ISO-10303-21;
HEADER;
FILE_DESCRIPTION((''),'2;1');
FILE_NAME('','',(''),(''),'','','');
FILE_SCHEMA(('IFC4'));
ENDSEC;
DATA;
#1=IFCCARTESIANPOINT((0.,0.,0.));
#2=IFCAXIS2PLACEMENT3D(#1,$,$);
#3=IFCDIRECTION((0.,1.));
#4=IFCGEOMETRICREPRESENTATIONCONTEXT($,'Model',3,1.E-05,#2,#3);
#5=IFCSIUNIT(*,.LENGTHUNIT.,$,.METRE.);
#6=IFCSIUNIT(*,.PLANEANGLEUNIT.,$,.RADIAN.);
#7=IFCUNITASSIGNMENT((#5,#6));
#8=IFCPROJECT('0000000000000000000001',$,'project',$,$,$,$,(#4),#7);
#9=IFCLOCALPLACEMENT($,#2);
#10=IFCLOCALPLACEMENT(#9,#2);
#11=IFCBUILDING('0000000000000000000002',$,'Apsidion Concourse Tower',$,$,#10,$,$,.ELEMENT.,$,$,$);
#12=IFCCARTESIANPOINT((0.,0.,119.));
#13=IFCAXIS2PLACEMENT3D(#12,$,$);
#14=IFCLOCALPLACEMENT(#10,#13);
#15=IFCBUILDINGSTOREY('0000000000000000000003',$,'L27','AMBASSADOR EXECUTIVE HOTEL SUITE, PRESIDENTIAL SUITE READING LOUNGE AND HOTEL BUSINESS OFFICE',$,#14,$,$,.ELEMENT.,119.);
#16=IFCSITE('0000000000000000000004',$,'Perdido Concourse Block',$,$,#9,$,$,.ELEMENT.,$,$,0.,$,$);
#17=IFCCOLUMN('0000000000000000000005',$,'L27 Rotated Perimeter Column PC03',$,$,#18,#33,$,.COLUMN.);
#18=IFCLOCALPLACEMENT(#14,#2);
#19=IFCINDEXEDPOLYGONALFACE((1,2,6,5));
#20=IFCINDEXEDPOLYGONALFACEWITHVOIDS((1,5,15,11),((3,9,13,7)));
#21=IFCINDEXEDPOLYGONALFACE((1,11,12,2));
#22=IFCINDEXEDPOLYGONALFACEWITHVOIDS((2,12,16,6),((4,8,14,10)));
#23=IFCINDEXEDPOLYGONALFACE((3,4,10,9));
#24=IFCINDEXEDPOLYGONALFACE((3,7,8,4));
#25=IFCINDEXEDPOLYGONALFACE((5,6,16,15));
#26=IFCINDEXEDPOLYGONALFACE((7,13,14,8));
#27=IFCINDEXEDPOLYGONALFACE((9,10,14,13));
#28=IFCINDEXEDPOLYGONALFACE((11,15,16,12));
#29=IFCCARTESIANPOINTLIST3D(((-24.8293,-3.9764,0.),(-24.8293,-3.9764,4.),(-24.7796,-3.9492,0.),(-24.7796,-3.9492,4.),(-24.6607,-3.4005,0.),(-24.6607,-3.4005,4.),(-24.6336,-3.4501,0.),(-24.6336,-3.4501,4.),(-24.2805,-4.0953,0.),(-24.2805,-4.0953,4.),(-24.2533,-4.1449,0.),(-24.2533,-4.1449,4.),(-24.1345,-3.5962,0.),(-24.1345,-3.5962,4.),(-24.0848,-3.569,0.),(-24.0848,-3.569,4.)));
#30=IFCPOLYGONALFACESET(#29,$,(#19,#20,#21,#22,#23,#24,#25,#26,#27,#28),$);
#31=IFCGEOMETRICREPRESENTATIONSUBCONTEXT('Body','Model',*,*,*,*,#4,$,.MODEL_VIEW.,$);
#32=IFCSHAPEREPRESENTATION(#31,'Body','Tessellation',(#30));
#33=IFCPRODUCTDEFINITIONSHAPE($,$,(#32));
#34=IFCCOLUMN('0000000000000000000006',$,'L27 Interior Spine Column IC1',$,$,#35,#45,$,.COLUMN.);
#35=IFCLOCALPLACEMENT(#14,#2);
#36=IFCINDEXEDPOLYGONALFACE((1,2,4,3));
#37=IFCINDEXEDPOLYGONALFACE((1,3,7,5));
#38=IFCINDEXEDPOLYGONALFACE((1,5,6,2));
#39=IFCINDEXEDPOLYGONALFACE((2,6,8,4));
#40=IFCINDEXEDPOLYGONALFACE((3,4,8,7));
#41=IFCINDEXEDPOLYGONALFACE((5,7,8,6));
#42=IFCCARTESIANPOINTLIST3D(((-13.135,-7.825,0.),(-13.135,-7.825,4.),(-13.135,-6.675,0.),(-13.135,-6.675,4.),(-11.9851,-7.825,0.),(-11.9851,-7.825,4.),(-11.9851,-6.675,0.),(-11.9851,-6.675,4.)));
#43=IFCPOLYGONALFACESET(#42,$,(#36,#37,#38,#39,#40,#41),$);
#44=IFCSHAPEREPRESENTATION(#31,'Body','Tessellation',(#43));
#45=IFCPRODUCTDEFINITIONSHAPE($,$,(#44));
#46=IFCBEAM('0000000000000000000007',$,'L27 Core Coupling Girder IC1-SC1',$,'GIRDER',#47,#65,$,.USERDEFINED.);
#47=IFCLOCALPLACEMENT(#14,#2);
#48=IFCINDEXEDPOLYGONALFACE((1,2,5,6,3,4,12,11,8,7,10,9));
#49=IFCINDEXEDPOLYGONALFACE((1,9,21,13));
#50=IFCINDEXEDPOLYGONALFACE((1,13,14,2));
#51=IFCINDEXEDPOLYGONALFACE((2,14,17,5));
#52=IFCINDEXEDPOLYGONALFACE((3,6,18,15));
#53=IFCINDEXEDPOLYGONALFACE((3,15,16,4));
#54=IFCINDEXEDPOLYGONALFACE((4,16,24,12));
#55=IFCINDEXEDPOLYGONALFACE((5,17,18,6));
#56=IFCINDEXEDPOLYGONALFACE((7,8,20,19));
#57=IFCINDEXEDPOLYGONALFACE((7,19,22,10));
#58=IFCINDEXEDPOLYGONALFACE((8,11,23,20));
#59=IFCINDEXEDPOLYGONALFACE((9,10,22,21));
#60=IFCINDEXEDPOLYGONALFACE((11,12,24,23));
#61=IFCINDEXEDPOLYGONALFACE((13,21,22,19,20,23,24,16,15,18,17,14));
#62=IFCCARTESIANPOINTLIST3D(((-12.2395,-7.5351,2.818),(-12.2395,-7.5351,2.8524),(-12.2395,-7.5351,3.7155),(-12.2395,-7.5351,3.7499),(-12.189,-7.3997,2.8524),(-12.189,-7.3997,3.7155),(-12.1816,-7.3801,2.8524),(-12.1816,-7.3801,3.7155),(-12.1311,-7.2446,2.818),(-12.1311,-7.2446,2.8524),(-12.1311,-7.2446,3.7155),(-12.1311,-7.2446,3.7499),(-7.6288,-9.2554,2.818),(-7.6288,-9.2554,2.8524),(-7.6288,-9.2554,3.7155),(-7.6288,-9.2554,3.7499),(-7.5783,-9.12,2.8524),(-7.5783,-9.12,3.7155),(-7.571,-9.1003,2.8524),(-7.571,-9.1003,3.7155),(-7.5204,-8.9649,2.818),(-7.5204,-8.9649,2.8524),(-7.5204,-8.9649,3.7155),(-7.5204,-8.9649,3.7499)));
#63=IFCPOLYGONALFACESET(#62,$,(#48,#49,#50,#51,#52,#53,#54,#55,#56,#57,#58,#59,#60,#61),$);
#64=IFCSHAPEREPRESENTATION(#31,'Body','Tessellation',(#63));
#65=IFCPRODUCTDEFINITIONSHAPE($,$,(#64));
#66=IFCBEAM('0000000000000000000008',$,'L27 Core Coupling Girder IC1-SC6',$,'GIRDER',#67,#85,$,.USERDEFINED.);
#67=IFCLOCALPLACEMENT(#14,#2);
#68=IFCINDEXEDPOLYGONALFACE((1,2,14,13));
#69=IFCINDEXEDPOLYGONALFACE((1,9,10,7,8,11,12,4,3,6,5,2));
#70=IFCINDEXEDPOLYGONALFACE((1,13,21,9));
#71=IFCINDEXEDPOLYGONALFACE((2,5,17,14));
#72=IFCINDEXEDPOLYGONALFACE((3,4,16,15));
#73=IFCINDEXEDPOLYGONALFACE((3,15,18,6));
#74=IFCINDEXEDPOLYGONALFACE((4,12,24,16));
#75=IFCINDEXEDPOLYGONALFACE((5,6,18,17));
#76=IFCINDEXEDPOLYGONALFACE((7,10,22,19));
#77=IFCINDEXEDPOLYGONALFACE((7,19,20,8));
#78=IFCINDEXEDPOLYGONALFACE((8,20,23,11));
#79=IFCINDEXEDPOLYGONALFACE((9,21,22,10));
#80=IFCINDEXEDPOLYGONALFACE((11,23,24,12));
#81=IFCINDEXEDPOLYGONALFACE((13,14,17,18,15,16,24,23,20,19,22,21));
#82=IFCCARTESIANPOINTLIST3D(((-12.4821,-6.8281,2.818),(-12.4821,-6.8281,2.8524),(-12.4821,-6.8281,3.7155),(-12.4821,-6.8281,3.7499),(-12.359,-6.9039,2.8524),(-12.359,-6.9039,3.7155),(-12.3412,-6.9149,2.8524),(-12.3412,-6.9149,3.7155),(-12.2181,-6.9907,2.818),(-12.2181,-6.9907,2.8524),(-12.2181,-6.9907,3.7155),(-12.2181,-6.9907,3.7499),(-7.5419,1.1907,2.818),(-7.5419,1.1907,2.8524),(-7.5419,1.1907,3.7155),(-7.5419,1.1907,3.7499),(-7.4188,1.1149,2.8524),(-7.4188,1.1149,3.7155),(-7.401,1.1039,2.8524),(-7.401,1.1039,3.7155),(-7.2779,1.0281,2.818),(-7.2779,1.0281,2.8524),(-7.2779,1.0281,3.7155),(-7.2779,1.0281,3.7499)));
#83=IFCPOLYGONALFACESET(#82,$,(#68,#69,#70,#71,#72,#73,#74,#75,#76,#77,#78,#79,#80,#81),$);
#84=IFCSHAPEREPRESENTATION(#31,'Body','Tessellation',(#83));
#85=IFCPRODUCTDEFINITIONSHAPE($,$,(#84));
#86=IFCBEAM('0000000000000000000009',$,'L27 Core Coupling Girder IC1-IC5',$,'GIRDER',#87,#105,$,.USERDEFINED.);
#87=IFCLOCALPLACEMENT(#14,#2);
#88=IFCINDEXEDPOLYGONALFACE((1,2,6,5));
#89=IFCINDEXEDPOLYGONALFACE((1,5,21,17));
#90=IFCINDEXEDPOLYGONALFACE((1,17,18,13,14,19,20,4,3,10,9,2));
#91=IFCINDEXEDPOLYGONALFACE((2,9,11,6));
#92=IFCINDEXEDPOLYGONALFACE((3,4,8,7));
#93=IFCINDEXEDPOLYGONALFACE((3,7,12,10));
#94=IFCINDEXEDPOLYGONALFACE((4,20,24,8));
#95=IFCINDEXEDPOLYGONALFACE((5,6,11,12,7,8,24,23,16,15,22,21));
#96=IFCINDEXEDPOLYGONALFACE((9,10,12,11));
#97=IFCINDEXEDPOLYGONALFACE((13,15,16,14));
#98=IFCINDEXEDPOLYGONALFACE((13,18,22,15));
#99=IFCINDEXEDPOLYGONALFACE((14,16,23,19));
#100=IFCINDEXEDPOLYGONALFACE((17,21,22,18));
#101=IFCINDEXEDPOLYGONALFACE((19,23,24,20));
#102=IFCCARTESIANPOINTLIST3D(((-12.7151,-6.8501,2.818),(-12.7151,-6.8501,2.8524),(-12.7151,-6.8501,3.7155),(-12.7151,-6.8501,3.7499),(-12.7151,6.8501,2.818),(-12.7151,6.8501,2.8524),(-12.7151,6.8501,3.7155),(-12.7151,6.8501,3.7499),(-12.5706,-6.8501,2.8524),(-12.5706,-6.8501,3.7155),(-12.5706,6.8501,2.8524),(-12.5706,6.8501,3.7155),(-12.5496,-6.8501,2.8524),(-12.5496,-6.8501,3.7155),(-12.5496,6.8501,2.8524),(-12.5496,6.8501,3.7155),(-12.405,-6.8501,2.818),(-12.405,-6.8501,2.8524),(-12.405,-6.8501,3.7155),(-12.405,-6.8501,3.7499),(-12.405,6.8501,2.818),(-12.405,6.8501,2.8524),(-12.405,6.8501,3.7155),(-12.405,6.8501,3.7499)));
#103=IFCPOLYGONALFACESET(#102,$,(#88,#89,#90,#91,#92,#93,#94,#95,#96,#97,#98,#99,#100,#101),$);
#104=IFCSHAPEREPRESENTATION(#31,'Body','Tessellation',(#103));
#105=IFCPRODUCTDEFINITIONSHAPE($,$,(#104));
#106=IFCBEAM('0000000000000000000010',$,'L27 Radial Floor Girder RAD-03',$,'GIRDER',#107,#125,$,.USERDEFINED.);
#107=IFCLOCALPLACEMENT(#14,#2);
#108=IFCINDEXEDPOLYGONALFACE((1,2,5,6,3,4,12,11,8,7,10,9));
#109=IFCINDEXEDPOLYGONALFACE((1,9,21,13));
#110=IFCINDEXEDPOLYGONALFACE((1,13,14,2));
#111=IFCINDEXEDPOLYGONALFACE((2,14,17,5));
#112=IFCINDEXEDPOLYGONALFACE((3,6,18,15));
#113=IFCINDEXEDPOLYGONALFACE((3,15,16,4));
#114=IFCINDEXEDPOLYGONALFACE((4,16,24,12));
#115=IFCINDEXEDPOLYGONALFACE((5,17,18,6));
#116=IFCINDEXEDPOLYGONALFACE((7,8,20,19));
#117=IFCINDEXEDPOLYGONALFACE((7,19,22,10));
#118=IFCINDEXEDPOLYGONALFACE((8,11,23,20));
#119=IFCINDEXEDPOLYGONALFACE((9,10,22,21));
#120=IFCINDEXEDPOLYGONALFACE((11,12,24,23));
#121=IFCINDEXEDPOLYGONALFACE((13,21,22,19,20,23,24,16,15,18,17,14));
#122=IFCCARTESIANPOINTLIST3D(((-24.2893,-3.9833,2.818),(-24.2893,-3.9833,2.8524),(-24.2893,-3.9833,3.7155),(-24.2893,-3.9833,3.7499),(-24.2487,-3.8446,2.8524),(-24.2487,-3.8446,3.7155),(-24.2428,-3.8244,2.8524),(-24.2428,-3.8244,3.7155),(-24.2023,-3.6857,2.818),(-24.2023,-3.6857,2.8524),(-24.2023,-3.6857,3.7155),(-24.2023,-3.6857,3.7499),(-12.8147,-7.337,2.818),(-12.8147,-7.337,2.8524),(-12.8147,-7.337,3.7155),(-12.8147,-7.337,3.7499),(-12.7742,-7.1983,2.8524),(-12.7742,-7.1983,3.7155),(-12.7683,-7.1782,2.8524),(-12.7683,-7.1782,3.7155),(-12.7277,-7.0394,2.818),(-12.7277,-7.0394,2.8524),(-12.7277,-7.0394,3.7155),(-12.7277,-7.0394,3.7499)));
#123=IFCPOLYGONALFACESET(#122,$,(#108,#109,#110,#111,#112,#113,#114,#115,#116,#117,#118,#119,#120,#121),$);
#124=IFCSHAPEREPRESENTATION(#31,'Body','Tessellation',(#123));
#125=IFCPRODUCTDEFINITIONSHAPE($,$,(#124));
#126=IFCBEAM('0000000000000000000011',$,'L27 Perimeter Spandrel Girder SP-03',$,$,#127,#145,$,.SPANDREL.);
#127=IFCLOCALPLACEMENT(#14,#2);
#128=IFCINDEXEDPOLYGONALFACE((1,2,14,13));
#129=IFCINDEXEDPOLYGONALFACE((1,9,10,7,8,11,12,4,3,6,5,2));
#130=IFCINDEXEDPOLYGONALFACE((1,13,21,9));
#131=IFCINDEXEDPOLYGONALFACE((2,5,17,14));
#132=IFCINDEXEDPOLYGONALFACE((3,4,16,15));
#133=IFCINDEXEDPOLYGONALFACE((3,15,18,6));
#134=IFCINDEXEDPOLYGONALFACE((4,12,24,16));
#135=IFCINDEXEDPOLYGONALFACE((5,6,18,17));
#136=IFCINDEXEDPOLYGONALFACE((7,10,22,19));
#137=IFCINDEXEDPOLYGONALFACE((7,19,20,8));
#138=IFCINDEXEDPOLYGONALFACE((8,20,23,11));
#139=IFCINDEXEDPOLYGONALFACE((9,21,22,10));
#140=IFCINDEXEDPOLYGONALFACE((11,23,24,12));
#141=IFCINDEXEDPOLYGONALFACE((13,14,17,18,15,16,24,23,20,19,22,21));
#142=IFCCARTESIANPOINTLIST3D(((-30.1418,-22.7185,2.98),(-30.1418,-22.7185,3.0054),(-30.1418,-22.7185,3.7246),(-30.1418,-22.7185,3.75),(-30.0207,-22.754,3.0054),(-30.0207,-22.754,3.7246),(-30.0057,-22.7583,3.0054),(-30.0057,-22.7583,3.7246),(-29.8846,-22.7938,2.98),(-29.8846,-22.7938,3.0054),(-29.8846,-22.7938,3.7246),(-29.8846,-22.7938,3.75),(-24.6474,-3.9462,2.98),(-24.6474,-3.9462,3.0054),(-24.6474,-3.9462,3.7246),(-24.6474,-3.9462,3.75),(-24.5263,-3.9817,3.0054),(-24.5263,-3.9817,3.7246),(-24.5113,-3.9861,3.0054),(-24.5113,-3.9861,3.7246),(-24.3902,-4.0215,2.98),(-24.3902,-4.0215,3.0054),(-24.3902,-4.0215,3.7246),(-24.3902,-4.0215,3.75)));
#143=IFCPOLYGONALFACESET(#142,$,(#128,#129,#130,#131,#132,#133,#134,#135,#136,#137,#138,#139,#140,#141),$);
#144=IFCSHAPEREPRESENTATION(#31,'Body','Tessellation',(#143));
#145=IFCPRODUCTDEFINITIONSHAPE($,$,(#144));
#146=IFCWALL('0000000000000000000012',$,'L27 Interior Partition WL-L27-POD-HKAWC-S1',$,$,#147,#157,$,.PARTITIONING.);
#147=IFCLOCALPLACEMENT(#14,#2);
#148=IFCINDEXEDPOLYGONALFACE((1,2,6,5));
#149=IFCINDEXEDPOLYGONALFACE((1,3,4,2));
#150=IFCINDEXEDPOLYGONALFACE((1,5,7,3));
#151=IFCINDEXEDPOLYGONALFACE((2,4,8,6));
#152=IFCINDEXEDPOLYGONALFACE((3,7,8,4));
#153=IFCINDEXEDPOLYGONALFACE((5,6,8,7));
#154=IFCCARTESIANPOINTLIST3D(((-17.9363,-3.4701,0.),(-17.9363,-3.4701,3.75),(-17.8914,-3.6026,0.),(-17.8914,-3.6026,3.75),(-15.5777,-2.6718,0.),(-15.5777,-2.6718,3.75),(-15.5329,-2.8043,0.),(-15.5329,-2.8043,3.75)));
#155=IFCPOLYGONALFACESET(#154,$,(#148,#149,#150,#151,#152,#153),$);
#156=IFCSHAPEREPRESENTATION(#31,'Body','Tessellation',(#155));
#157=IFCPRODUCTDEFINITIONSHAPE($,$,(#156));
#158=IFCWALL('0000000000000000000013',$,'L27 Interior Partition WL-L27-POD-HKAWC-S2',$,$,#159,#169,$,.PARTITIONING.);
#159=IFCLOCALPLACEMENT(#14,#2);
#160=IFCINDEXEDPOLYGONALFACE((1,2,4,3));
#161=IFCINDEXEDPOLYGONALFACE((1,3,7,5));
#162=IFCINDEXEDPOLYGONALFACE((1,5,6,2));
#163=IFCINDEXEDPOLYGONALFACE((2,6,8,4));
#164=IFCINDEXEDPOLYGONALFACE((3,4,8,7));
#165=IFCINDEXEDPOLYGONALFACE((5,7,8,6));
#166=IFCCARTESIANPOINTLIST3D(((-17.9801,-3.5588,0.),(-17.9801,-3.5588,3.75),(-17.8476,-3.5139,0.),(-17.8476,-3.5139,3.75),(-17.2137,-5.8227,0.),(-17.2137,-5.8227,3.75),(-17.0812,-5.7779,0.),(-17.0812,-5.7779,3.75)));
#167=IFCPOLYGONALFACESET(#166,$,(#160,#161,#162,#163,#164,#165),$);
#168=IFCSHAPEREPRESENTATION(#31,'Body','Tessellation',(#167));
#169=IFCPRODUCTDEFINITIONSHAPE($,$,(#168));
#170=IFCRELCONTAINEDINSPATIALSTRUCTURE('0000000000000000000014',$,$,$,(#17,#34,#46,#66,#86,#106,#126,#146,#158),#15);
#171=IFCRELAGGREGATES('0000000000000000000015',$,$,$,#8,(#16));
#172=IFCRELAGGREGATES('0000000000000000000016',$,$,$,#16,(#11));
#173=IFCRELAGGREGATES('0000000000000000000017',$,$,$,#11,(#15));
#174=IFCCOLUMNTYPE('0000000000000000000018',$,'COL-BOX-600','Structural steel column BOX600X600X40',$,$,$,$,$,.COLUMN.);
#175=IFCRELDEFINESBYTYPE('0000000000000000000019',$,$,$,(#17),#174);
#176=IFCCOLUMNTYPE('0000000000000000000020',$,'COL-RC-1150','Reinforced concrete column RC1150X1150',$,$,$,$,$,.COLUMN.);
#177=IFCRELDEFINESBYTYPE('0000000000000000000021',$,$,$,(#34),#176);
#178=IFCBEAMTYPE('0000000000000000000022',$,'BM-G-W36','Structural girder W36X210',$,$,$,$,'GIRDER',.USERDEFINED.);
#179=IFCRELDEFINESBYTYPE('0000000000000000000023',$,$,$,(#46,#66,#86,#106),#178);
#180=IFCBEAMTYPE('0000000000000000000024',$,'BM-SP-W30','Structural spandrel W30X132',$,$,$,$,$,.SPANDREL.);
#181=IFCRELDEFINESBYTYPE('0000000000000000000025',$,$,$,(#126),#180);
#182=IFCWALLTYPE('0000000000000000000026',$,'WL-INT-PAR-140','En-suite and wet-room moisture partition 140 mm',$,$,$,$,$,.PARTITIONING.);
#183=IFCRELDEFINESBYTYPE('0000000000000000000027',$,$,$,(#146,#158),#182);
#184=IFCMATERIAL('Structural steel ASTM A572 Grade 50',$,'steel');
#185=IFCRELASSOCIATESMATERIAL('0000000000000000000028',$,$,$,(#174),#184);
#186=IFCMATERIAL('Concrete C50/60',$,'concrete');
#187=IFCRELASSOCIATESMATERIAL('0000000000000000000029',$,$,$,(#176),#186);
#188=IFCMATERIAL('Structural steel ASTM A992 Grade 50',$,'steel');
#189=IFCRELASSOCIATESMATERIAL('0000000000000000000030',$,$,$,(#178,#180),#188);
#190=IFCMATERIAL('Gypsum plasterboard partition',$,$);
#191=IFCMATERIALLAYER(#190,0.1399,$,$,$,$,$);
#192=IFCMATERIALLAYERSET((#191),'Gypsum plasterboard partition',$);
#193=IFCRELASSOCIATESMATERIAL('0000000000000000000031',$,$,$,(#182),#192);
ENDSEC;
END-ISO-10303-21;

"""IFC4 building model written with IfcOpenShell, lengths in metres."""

from ifc_helpers import new_model, si_unit, direction, frame, frame_2d, origin, origin_2d, place, context, subcontext, project, spatial, rectangle, hollow_rectangle, i_section, extrude, material, layer, layer_set, material_profile, profile_set, type_object, element, save


model = new_model("IFC4")

# Units and contexts
model_context = context("Model", 3, precision=1e-05, world=origin(), true_north=direction((0.0, 1.0)))
body_context = subcontext(model_context, "Body", "Model", "MODEL_VIEW")
ifc_project = project(units=[si_unit("LENGTHUNIT", "METRE"), si_unit("PLANEANGLEUNIT", "RADIAN")], contexts=[model_context])

# Site, building, storey
site_placement = place(None, origin())
site = spatial("IfcSite", under=ifc_project, at=site_placement, Name="Perdido Concourse Block", CompositionType="ELEMENT", RefElevation=0.0)
building_placement = place(site_placement, origin())
building = spatial("IfcBuilding", under=site, at=building_placement, Name="Apsidion Concourse Tower", CompositionType="ELEMENT")
storey_placement = place(building_placement, frame((0.0, 0.0, 119.0)))
storey = spatial("IfcBuildingStorey", under=building, at=storey_placement, Name="L27", Description="AMBASSADOR EXECUTIVE HOTEL SUITE, PRESIDENTIAL SUITE READING LOUNGE AND HOTEL BUSINESS OFFICE", CompositionType="ELEMENT", Elevation=119.0)

# Columns
ifc_material_1 = material(Name="Structural steel ASTM A572 Grade 50", Category="steel")
ifc_material_profile_1 = material_profile(ifc_material_1, hollow_rectangle(XDim=0.6001, YDim=0.6001, WallThickness=0.04, at=origin_2d()), Name="BOX600X600X40")
ifc_profile_set_1 = profile_set([ifc_material_profile_1], Name="Structural steel ASTM A572 Grade 50")
column_type_1 = type_object("IfcColumnType", Name="COL-BOX-600", Description="Structural steel column BOX600X600X40", PredefinedType="COLUMN", material=ifc_profile_set_1)
column_1_placement = place(storey_placement, frame((-24.457, -3.7727, 0.0), z_axis=(0.0, 0.0, 1.0), x_axis=(0.280834, 0.959756, 0.0)))
element("IfcColumn", 1, at=column_1_placement, inside=storey, type_object=column_type_1, Name="L27 Rotated Perimeter Column PC03", PredefinedType="COLUMN", context=body_context, shape_type="SweptSolid", body=[
    extrude(hollow_rectangle(XDim=0.6001, YDim=0.6001, WallThickness=0.04, at=origin_2d()), origin(), (0.0, 0.0, 1.0), 4.0),
])
ifc_material_2 = material(Name="Concrete C50/60", Category="concrete")
ifc_material_profile_2 = material_profile(ifc_material_2, rectangle(XDim=1.1499, YDim=1.1499, at=origin_2d()), Name="RC 1150x1150")
ifc_profile_set_2 = profile_set([ifc_material_profile_2], Name="Concrete C50/60")
column_type_2 = type_object("IfcColumnType", Name="COL-RC-1150", Description="Reinforced concrete column RC1150X1150", PredefinedType="COLUMN", material=ifc_profile_set_2)
column_2_placement = place(storey_placement, frame((-12.5601, -7.25, 0.0), z_axis=(0.0, 0.0, 1.0), x_axis=(1.0, 0.0, 0.0)))
element("IfcColumn", 2, at=column_2_placement, inside=storey, type_object=column_type_2, Name="L27 Interior Spine Column IC1", PredefinedType="COLUMN", context=body_context, shape_type="SweptSolid", body=[
    extrude(rectangle(XDim=1.1499, YDim=1.1499, at=origin_2d()), origin(), (0.0, 0.0, 1.0), 4.0),
])

# Beams
ifc_material_3 = material(Name="Structural steel ASTM A992 Grade 50", Category="steel")
ifc_material_profile_3 = material_profile(ifc_material_3, i_section(OverallWidth=0.3101, OverallDepth=0.9319, WebThickness=0.021, FlangeThickness=0.0344, at=origin_2d()), Name="W36X210")
ifc_profile_set_3 = profile_set([ifc_material_profile_3], Name="Structural steel ASTM A992 Grade 50")
beam_type_1 = type_object("IfcBeamType", Name="BM-G-W36", Description="Structural girder W36X210", ElementType="GIRDER", PredefinedType="USERDEFINED", material=ifc_profile_set_3)
beam_1_placement = place(storey_placement, frame((-12.1853, -7.3899, 3.2839), z_axis=(0.936913, -0.349563, 0.0), x_axis=(0.349563, 0.936913, 0.0)))
element("IfcBeam", 3, at=beam_1_placement, inside=storey, type_object=beam_type_1, Name="L27 Core Coupling Girder IC1-SC1", ObjectType="GIRDER", PredefinedType="USERDEFINED", context=body_context, shape_type="SweptSolid", body=[
    extrude(i_section(OverallWidth=0.3101, OverallDepth=0.9319, WebThickness=0.021, FlangeThickness=0.0344, at=origin_2d()), origin(), (0.0, 0.0, 1.0), 4.9211),
])
beam_2_placement = place(storey_placement, frame((-12.3501, -6.9094, 3.2839), z_axis=(0.524524, 0.851396, 0.0), x_axis=(-0.851396, 0.524524, 0.0)))
element("IfcBeam", 4, at=beam_2_placement, inside=storey, type_object=beam_type_1, Name="L27 Core Coupling Girder IC1-SC6", ObjectType="GIRDER", PredefinedType="USERDEFINED", context=body_context, shape_type="SweptSolid", body=[
    extrude(i_section(OverallWidth=0.3101, OverallDepth=0.9319, WebThickness=0.021, FlangeThickness=0.0344, at=origin_2d()), origin(), (0.0, 0.0, 1.0), 9.4185),
])
beam_3_placement = place(storey_placement, frame((-12.5601, -6.8501, 3.2839), z_axis=(0.0, 1.0, 0.0), x_axis=(-1.0, 0.0, 0.0)))
element("IfcBeam", 5, at=beam_3_placement, inside=storey, type_object=beam_type_1, Name="L27 Core Coupling Girder IC1-IC5", ObjectType="GIRDER", PredefinedType="USERDEFINED", context=body_context, shape_type="SweptSolid", body=[
    extrude(i_section(OverallWidth=0.3101, OverallDepth=0.9319, WebThickness=0.021, FlangeThickness=0.0344, at=origin_2d()), origin(), (0.0, 0.0, 1.0), 13.7002),
])
beam_4_placement = place(storey_placement, frame((-12.7712, -7.1882, 3.2839), z_axis=(-0.959842, 0.280539, 0.0), x_axis=(-0.280539, -0.959842, 0.0)))
element("IfcBeam", 6, at=beam_4_placement, inside=storey, type_object=beam_type_1, Name="L27 Radial Floor Girder RAD-03", ObjectType="GIRDER", PredefinedType="USERDEFINED", context=body_context, shape_type="SweptSolid", body=[
    extrude(i_section(OverallWidth=0.3101, OverallDepth=0.9319, WebThickness=0.021, FlangeThickness=0.0344, at=origin_2d()), origin(), (0.0, 0.0, 1.0), 11.9546),
])
ifc_material_profile_4 = material_profile(ifc_material_3, i_section(OverallWidth=0.2681, OverallDepth=0.77, WebThickness=0.0156, FlangeThickness=0.0254, at=origin_2d()), Name="W30X132")
ifc_profile_set_4 = profile_set([ifc_material_profile_4], Name="Structural steel ASTM A992 Grade 50")
beam_type_2 = type_object("IfcBeamType", Name="BM-SP-W30", Description="Structural spandrel W30X132", PredefinedType="SPANDREL", material=ifc_profile_set_4)
beam_5_placement = place(storey_placement, frame((-24.5188, -3.9839, 3.365), z_axis=(-0.280902, -0.959736, 0.0), x_axis=(0.959736, -0.280902, 0.0)))
element("IfcBeam", 7, at=beam_5_placement, inside=storey, type_object=beam_type_2, Name="L27 Perimeter Spandrel Girder SP-03", PredefinedType="SPANDREL", context=body_context, shape_type="SweptSolid", body=[
    extrude(i_section(OverallWidth=0.2681, OverallDepth=0.77, WebThickness=0.0156, FlangeThickness=0.0254, at=origin_2d()), origin(), (0.0, 0.0, 1.0), 19.5598),
])

# Walls
ifc_material_4 = material(Name="Gypsum plasterboard partition")
ifc_layer_1 = layer(ifc_material_4, 0.1399)
ifc_layer_set_1 = layer_set([ifc_layer_1], Name="Gypsum plasterboard partition")
wall_type_1 = type_object("IfcWallType", Name="WL-INT-PAR-140", Description="En-suite and wet-room moisture partition 140 mm", PredefinedType="PARTITIONING", material=ifc_layer_set_1)
wall_1_placement = place(storey_placement, frame((-15.5552, -2.738, 0.0), z_axis=(0.0, 0.0, 1.0), x_axis=(-0.947212, -0.320607, 0.0)))
element("IfcWall", 8, at=wall_1_placement, inside=storey, type_object=wall_type_1, Name="L27 Interior Partition WL-L27-POD-HKAWC-S1", PredefinedType="PARTITIONING", context=body_context, shape_type="SweptSolid", body=[
    extrude(rectangle(XDim=2.49, YDim=0.1399, at=frame_2d((1.2451, 0.0))), origin(), (0.0, 0.0, 1.0), 3.75),
])
wall_2_placement = place(storey_placement, frame((-17.9138, -3.5364, 0.0), z_axis=(0.0, 0.0, 1.0), x_axis=(0.320637, -0.947202, 0.0)))
element("IfcWall", 9, at=wall_2_placement, inside=storey, type_object=wall_type_1, Name="L27 Interior Partition WL-L27-POD-HKAWC-S2", PredefinedType="PARTITIONING", context=body_context, shape_type="SweptSolid", body=[
    extrude(rectangle(XDim=2.3901, YDim=0.1399, at=frame_2d((1.1951, 0.0))), origin(), (0.0, 0.0, 1.0), 3.75),
])

save(model, "model.ifc")
